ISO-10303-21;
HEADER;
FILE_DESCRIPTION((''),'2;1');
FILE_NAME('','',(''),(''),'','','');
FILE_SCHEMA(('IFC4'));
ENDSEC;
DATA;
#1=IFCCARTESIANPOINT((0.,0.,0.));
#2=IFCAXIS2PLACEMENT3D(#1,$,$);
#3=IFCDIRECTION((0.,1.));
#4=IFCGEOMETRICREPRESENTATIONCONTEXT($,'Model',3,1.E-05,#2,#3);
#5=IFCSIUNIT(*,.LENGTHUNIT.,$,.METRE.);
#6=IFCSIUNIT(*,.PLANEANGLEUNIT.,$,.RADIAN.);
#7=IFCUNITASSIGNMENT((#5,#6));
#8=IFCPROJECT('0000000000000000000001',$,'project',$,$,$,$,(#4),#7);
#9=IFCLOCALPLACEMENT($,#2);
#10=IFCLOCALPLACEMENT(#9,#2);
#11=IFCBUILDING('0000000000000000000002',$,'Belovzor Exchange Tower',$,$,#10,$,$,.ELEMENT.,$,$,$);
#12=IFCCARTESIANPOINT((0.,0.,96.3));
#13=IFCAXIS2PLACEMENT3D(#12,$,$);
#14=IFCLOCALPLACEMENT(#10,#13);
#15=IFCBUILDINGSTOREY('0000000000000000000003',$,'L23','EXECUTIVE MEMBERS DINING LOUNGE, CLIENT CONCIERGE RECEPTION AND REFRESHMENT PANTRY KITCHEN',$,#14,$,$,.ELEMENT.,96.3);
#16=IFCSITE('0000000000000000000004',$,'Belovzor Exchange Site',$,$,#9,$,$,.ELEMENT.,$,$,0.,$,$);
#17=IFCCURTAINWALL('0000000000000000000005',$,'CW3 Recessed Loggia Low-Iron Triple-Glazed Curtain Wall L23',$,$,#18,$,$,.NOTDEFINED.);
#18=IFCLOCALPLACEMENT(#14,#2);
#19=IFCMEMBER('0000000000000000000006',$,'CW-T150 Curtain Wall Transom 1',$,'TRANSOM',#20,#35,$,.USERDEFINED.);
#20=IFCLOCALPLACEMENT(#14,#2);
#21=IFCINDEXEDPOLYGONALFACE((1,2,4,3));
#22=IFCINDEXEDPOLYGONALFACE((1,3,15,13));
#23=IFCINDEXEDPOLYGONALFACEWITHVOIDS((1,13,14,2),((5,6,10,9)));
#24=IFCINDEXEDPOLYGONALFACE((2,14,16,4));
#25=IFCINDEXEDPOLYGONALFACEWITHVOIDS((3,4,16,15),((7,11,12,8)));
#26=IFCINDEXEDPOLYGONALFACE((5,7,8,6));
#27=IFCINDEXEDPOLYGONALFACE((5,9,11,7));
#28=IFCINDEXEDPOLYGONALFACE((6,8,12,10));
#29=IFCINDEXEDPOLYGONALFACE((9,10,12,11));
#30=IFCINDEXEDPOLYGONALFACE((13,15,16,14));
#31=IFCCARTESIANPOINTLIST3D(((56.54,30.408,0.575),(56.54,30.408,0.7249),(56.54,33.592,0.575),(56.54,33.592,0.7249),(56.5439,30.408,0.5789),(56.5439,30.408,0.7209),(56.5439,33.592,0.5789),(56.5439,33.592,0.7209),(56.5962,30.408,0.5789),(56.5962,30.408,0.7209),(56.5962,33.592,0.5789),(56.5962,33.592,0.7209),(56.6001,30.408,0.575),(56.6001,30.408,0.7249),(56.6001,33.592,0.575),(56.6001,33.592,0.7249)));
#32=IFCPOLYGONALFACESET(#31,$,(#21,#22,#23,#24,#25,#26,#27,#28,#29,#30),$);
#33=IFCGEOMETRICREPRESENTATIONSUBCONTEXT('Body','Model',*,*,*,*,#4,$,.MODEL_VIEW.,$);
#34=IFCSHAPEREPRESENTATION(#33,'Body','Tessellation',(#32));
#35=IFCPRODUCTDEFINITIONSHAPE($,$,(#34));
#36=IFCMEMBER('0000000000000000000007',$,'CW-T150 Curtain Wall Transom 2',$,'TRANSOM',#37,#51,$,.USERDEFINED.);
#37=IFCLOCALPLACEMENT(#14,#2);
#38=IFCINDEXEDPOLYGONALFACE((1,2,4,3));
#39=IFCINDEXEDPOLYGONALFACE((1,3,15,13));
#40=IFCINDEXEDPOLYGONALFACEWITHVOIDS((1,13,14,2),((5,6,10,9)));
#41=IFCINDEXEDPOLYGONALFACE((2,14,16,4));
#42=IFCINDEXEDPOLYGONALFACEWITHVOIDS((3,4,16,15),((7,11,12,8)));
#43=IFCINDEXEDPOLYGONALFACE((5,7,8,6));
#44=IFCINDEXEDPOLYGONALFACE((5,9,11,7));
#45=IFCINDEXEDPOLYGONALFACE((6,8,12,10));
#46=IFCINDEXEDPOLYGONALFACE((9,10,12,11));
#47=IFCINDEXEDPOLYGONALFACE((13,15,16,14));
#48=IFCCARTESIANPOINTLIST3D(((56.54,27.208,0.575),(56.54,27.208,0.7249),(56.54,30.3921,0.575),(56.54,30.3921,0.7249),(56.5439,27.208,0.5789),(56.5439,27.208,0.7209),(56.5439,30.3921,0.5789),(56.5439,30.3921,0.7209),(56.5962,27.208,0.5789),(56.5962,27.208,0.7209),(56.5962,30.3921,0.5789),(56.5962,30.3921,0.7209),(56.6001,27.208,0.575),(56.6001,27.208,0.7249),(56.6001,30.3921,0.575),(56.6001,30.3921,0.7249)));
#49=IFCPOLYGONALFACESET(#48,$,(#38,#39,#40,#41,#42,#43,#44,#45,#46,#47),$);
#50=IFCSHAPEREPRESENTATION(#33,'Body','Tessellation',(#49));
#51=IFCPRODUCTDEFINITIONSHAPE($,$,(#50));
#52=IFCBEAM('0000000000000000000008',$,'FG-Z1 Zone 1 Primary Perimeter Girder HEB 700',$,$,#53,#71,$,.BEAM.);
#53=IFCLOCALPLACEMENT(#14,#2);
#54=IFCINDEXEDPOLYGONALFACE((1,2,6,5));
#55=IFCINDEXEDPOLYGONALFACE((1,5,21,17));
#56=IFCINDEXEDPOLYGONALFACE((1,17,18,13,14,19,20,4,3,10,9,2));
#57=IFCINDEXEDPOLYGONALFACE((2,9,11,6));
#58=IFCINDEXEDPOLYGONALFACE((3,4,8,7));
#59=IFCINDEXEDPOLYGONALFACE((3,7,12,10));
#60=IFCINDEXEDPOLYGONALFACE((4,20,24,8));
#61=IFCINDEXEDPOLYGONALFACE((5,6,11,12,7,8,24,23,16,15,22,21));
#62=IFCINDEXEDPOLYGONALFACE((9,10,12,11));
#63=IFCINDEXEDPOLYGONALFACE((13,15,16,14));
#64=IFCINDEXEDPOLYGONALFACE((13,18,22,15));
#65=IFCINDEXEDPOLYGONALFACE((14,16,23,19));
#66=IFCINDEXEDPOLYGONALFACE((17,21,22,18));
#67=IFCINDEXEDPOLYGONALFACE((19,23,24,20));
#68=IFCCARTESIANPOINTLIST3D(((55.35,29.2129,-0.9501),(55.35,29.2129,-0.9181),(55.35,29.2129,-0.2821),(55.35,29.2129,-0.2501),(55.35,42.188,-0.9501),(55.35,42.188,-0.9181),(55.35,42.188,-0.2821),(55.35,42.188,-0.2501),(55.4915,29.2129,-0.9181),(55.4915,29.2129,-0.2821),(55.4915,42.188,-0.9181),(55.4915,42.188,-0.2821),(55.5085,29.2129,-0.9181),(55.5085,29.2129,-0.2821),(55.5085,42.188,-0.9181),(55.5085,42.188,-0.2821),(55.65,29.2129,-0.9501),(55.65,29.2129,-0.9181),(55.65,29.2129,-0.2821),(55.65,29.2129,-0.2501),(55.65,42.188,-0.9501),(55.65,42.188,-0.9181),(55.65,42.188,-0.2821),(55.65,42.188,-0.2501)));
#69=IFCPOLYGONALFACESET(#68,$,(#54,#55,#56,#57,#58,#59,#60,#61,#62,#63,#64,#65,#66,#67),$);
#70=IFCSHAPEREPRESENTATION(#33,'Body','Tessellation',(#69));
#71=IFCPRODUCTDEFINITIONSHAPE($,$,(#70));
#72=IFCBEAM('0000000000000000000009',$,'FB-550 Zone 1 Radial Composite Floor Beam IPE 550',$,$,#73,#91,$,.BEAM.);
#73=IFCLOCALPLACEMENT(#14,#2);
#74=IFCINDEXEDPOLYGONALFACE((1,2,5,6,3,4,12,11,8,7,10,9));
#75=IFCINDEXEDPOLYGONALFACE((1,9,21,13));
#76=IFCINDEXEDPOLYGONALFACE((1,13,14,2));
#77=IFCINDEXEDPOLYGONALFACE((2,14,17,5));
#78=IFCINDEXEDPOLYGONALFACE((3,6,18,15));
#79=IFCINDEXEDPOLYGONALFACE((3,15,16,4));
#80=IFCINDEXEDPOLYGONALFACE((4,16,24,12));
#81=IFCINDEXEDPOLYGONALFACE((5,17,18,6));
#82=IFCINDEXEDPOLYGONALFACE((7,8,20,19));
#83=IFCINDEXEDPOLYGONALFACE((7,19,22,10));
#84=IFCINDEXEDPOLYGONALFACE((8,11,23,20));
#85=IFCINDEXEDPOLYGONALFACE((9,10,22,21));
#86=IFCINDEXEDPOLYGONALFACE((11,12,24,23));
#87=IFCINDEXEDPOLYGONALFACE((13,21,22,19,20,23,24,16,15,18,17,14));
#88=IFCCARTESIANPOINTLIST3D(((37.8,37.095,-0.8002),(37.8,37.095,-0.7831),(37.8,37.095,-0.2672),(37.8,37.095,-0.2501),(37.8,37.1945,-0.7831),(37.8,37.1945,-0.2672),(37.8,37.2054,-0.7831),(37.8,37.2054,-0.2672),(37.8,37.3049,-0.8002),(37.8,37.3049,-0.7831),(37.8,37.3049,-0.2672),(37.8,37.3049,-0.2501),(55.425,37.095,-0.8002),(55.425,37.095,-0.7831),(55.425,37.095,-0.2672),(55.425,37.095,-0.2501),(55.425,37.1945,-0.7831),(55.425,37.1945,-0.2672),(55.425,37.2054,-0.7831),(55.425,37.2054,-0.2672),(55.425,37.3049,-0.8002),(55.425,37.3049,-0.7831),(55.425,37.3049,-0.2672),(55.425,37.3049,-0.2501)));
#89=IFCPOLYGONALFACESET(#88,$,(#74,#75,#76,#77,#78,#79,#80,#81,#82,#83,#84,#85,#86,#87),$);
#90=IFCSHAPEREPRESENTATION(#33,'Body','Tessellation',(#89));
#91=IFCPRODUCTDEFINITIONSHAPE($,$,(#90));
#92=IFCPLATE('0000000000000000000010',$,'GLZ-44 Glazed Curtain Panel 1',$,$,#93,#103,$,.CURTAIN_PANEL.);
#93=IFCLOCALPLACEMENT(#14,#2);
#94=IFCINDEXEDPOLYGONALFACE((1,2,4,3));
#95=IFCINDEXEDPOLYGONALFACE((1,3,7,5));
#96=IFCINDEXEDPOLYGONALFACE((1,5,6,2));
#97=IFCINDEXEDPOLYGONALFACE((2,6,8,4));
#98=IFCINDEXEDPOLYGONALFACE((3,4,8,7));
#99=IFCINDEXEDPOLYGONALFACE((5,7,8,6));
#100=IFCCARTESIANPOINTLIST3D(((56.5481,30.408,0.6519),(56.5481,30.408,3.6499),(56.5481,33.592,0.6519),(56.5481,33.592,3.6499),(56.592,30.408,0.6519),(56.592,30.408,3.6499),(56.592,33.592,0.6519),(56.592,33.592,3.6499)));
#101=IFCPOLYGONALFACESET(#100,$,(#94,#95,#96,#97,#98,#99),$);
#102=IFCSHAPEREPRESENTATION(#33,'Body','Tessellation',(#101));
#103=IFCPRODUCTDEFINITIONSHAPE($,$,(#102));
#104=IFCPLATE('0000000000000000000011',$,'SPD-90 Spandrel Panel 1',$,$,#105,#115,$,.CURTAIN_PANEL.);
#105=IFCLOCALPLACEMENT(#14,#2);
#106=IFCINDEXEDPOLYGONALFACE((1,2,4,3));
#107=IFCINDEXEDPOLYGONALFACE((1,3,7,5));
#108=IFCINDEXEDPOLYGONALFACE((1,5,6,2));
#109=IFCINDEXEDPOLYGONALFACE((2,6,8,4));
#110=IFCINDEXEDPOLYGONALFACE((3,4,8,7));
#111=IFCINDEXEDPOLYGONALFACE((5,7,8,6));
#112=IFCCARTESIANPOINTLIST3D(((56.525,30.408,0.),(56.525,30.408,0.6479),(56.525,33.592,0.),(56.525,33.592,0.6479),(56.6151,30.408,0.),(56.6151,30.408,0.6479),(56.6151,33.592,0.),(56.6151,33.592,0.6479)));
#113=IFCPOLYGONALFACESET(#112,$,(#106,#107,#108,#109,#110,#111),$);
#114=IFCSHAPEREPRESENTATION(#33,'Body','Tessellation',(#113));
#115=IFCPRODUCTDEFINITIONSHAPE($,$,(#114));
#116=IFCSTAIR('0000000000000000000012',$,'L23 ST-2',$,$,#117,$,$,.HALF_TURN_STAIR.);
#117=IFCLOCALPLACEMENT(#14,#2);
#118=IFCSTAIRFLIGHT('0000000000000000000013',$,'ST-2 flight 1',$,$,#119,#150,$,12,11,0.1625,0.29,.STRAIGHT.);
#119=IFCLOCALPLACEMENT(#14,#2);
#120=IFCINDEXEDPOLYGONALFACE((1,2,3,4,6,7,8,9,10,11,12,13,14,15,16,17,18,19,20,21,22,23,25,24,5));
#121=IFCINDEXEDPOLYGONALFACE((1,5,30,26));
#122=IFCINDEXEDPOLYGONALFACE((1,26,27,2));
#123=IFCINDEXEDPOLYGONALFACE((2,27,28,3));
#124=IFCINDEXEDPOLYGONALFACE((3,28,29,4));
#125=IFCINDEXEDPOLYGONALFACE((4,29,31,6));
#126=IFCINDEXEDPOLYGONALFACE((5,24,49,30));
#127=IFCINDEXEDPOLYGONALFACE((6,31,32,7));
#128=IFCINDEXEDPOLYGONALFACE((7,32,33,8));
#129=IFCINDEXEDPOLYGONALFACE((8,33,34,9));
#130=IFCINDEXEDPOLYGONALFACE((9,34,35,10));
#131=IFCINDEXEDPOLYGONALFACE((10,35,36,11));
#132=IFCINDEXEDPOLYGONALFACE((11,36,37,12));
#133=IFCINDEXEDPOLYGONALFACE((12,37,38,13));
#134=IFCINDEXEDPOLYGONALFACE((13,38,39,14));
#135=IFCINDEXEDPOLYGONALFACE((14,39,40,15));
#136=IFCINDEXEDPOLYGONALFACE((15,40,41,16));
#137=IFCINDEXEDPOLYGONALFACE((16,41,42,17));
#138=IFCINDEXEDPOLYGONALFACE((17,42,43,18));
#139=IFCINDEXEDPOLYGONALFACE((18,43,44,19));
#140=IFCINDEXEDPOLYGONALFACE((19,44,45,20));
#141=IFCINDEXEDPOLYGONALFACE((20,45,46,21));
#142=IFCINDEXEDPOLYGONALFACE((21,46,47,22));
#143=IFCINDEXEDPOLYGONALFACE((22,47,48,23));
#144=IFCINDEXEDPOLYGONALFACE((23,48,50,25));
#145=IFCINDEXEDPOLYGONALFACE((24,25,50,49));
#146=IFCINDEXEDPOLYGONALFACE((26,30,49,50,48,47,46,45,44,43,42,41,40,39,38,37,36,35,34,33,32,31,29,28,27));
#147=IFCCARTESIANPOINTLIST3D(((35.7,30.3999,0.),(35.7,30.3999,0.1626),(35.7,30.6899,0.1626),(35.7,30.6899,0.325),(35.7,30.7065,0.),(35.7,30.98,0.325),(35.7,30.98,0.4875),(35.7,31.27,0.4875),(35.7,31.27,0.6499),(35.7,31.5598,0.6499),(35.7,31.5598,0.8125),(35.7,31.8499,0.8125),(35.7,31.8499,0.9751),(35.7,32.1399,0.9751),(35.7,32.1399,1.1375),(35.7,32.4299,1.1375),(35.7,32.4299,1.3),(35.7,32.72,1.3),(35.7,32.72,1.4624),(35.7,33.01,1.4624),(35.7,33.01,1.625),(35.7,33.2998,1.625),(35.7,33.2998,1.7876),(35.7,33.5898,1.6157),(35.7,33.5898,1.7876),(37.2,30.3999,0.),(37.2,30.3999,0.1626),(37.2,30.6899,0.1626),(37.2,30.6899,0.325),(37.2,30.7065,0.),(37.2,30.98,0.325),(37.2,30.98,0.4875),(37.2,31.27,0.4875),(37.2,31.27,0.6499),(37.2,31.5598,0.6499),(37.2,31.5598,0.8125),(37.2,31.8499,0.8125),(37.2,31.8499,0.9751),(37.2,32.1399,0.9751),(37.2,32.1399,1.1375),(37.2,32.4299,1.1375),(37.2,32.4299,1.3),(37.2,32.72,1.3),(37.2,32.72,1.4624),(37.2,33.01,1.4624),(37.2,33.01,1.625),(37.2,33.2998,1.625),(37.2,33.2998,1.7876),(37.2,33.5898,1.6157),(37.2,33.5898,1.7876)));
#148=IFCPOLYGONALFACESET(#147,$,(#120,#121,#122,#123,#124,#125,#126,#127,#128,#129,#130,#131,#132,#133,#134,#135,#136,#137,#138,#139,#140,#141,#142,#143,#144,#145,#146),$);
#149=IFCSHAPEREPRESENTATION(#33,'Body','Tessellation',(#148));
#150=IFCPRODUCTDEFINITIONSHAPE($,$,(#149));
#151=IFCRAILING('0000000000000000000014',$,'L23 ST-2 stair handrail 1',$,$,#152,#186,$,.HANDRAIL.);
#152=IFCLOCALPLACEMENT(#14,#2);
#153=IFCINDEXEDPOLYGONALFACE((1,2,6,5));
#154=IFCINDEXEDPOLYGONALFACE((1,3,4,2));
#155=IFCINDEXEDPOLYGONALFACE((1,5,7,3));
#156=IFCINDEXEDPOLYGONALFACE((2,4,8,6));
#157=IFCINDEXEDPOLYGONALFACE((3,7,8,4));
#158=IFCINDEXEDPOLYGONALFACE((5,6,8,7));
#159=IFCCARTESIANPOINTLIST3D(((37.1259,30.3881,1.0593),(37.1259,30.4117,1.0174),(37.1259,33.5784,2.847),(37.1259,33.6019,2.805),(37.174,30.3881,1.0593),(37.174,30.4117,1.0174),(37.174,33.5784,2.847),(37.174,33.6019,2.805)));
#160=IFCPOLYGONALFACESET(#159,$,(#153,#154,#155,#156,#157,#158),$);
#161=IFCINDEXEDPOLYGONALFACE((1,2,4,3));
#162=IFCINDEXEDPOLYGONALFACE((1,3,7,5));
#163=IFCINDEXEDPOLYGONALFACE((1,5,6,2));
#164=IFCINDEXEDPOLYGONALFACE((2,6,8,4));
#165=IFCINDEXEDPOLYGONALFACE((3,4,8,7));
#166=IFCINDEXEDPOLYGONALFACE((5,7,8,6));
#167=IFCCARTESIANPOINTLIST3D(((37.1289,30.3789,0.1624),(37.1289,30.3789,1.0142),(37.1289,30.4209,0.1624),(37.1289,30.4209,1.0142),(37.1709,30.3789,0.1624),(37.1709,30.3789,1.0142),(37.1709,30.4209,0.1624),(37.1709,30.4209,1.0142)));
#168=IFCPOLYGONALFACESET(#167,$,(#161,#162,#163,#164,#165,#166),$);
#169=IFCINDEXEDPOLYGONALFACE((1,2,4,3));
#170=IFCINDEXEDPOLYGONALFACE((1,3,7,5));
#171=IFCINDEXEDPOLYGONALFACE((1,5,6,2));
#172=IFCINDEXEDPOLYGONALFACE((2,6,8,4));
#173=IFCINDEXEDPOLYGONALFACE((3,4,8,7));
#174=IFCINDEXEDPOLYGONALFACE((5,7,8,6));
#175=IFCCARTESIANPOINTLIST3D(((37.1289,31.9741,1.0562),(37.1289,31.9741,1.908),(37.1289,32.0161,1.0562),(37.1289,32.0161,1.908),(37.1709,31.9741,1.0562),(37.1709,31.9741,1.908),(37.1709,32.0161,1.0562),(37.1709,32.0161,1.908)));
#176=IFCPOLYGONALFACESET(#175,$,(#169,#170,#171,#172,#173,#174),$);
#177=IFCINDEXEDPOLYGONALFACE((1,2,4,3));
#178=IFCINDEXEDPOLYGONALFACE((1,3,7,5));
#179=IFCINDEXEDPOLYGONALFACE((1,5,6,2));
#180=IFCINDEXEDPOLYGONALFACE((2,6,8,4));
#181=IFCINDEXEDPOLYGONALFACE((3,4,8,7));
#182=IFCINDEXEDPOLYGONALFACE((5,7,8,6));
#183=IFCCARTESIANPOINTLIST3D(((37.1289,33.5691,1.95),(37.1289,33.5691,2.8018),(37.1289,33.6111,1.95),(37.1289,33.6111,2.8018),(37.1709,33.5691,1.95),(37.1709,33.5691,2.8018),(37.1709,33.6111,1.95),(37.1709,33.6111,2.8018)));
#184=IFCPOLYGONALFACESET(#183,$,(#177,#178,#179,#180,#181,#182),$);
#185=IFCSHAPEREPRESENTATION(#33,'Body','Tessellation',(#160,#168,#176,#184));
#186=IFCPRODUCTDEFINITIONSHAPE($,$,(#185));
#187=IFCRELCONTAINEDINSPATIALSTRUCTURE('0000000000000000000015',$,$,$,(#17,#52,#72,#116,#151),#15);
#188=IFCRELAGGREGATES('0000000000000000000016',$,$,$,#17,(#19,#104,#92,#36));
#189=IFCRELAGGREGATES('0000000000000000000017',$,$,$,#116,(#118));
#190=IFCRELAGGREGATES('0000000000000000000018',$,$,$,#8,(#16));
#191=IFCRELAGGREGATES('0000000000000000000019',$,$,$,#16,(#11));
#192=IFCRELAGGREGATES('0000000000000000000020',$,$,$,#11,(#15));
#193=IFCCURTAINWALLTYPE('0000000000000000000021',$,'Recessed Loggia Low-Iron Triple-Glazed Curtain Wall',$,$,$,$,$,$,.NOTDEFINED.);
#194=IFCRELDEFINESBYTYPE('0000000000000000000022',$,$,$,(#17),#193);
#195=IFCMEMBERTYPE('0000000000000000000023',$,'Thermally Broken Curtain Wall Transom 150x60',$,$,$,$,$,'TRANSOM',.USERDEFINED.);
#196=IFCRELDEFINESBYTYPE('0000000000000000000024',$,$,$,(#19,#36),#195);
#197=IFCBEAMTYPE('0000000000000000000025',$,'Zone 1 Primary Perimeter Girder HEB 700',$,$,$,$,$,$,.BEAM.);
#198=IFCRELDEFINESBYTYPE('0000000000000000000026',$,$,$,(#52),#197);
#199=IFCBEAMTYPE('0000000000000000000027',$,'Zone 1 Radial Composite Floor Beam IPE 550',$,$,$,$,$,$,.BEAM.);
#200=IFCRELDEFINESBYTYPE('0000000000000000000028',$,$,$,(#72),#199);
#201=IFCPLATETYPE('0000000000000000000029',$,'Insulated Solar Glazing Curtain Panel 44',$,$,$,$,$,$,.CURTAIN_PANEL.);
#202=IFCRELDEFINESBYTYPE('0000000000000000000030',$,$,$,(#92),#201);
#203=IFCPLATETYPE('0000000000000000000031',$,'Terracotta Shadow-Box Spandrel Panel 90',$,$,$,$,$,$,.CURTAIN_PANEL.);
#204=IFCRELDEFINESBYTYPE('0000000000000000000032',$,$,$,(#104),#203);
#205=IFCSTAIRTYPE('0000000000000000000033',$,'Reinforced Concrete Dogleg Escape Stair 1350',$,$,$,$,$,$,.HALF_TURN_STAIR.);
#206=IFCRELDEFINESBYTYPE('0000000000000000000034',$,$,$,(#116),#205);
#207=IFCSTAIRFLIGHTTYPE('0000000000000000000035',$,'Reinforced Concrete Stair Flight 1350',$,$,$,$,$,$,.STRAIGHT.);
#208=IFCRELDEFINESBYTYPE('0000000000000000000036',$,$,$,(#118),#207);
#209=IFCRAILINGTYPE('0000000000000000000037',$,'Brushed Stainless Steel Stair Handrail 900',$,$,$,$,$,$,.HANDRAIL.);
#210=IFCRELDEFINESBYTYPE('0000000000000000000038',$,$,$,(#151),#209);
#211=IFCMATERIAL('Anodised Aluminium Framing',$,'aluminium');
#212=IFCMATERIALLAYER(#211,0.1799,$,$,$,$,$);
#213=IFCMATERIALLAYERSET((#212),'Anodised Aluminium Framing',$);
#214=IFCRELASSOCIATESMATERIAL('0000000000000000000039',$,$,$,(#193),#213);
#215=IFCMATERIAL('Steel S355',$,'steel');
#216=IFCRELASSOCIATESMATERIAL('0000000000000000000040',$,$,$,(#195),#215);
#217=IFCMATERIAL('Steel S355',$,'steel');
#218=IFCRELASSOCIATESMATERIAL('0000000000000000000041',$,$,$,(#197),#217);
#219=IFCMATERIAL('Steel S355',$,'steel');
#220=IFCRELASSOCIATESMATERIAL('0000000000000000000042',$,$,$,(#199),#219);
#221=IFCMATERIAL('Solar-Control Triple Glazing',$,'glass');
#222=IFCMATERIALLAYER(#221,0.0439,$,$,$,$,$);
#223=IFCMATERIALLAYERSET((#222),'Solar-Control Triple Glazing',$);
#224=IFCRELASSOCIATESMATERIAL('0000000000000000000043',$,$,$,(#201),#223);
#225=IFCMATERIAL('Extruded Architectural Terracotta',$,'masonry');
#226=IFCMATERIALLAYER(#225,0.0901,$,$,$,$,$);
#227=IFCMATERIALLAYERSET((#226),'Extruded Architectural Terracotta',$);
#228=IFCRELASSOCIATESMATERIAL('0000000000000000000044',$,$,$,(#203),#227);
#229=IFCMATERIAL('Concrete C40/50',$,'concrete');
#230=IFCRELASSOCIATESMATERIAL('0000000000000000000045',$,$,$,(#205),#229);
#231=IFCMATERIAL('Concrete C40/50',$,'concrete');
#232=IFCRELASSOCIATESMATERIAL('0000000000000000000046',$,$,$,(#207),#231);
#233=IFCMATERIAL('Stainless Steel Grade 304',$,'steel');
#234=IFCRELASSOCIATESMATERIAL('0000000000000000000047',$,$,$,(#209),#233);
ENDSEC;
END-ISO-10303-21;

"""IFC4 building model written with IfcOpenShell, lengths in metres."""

from ifc_helpers import new_model, si_unit, direction, frame, origin, origin_2d, place, context, subcontext, project, spatial, polyline, rectangle, hollow_rectangle, i_section, outline, extrude, material, layer, layer_set, material_profile, profile_set, type_object, element, aggregate, save


model = new_model("IFC4")

# Units and contexts
model_context = context("Model", 3, precision=1e-05, world=origin(), true_north=direction((0.0, 1.0)))
body_context = subcontext(model_context, "Body", "Model", "MODEL_VIEW")
ifc_project = project(units=[si_unit("LENGTHUNIT", "METRE"), si_unit("PLANEANGLEUNIT", "RADIAN")], contexts=[model_context])

# Site, building, storey
site_placement = place(None, origin())
site = spatial("IfcSite", under=ifc_project, at=site_placement, Name="Belovzor Exchange Site", CompositionType="ELEMENT", RefElevation=0.0)
building_placement = place(site_placement, origin())
building = spatial("IfcBuilding", under=site, at=building_placement, Name="Belovzor Exchange Tower", CompositionType="ELEMENT")
storey_placement = place(building_placement, frame((0.0, 0.0, 96.3)))
storey = spatial("IfcBuildingStorey", under=building, at=storey_placement, Name="L23", Description="EXECUTIVE MEMBERS DINING LOUNGE, CLIENT CONCIERGE RECEPTION AND REFRESHMENT PANTRY KITCHEN", CompositionType="ELEMENT", Elevation=96.3)

# Curtain wall, members
ifc_material_1 = material(Name="Anodised Aluminium Framing", Category="aluminium")
ifc_layer_1 = layer(ifc_material_1, 0.1799)
ifc_layer_set_1 = layer_set([ifc_layer_1], Name="Anodised Aluminium Framing")
curtain_wall_type = type_object("IfcCurtainWallType", Name="Recessed Loggia Low-Iron Triple-Glazed Curtain Wall", PredefinedType="NOTDEFINED", material=ifc_layer_set_1)
curtain_wall_placement = place(storey_placement, origin())
curtain_wall = element("IfcCurtainWall", 1, at=curtain_wall_placement, inside=storey, type_object=curtain_wall_type, Name="CW3 Recessed Loggia Low-Iron Triple-Glazed Curtain Wall L23", PredefinedType="NOTDEFINED")
ifc_material_2 = material(Name="Steel S355", Category="steel")
ifc_material_profile_1 = material_profile(ifc_material_2, hollow_rectangle(XDim=0.0601, YDim=0.1499, WallThickness=0.0039, at=origin_2d()))
ifc_profile_set_1 = profile_set([ifc_material_profile_1], Name="Steel S355")
member_type_1 = type_object("IfcMemberType", Name="Thermally Broken Curtain Wall Transom 150x60", ElementType="TRANSOM", PredefinedType="USERDEFINED", material=ifc_profile_set_1)
member_1_placement = place(storey_placement, frame((56.5701, 33.592, 0.6499), z_axis=(0.0, -1.0, 0.0), x_axis=(1.0, 0.0, 0.0)))
member_1 = element("IfcMember", 2, at=member_1_placement, type_object=member_type_1, Name="CW-T150 Curtain Wall Transom 1", ObjectType="TRANSOM", PredefinedType="USERDEFINED", context=body_context, shape_type="SweptSolid", body=[
    extrude(hollow_rectangle(XDim=0.0601, YDim=0.1499, WallThickness=0.0039, at=origin_2d()), origin(), (0.0, 0.0, 1.0), 3.1841),
])
member_2_placement = place(storey_placement, frame((56.5701, 30.3921, 0.6499), z_axis=(0.0, -1.0, 0.0), x_axis=(1.0, 0.0, 0.0)))
member_2 = element("IfcMember", 3, at=member_2_placement, type_object=member_type_1, Name="CW-T150 Curtain Wall Transom 2", ObjectType="TRANSOM", PredefinedType="USERDEFINED", context=body_context, shape_type="SweptSolid", body=[
    extrude(hollow_rectangle(XDim=0.0601, YDim=0.1499, WallThickness=0.0039, at=origin_2d()), origin(), (0.0, 0.0, 1.0), 3.1841),
])

# Beams
ifc_material_3 = material(Name="Steel S355", Category="steel")
ifc_material_profile_2 = material_profile(ifc_material_3, i_section(OverallWidth=0.3, OverallDepth=0.7, WebThickness=0.0171, FlangeThickness=0.032, at=origin_2d()))
ifc_profile_set_2 = profile_set([ifc_material_profile_2], Name="Steel S355")
beam_type_1 = type_object("IfcBeamType", Name="Zone 1 Primary Perimeter Girder HEB 700", PredefinedType="BEAM", material=ifc_profile_set_2)
beam_1_placement = place(storey_placement, frame((55.5, 29.2129, -0.6001), z_axis=(0.0, 1.0, 0.0), x_axis=(-1.0, 0.0, 0.0)))
element("IfcBeam", 4, at=beam_1_placement, inside=storey, type_object=beam_type_1, Name="FG-Z1 Zone 1 Primary Perimeter Girder HEB 700", PredefinedType="BEAM", context=body_context, shape_type="SweptSolid", body=[
    extrude(i_section(OverallWidth=0.3, OverallDepth=0.7, WebThickness=0.0171, FlangeThickness=0.032, at=origin_2d()), origin(), (0.0, 0.0, 1.0), 12.9751),
])
ifc_material_4 = material(Name="Steel S355", Category="steel")
ifc_material_profile_3 = material_profile(ifc_material_4, i_section(OverallWidth=0.21, OverallDepth=0.55, WebThickness=0.011, FlangeThickness=0.0171, at=origin_2d()))
ifc_profile_set_3 = profile_set([ifc_material_profile_3], Name="Steel S355")
beam_type_2 = type_object("IfcBeamType", Name="Zone 1 Radial Composite Floor Beam IPE 550", PredefinedType="BEAM", material=ifc_profile_set_3)
beam_2_placement = place(storey_placement, frame((37.8, 37.2, -0.5251), z_axis=(1.0, 0.0, 0.0), x_axis=(0.0, 1.0, 0.0)))
element("IfcBeam", 5, at=beam_2_placement, inside=storey, type_object=beam_type_2, Name="FB-550 Zone 1 Radial Composite Floor Beam IPE 550", PredefinedType="BEAM", context=body_context, shape_type="SweptSolid", body=[
    extrude(i_section(OverallWidth=0.21, OverallDepth=0.55, WebThickness=0.011, FlangeThickness=0.0171, at=origin_2d()), origin(), (0.0, 0.0, 1.0), 17.625),
])

# Plates
ifc_material_5 = material(Name="Solar-Control Triple Glazing", Category="glass")
ifc_layer_2 = layer(ifc_material_5, 0.0439)
ifc_layer_set_2 = layer_set([ifc_layer_2], Name="Solar-Control Triple Glazing")
plate_type_1 = type_object("IfcPlateType", Name="Insulated Solar Glazing Curtain Panel 44", PredefinedType="CURTAIN_PANEL", material=ifc_layer_set_2)
plate_1_placement = place(storey_placement, frame((56.5701, 32.0, 0.6519), z_axis=(0.0, 0.0, 1.0), x_axis=(0.0, -1.0, 0.0)))
plate_1 = element("IfcPlate", 6, at=plate_1_placement, type_object=plate_type_1, Name="GLZ-44 Glazed Curtain Panel 1", PredefinedType="CURTAIN_PANEL", context=body_context, shape_type="SweptSolid", body=[
    extrude(rectangle(XDim=3.1841, YDim=0.0439, at=origin_2d()), origin(), (0.0, 0.0, 1.0), 2.998),
])
ifc_material_6 = material(Name="Extruded Architectural Terracotta", Category="masonry")
ifc_layer_3 = layer(ifc_material_6, 0.0901)
ifc_layer_set_3 = layer_set([ifc_layer_3], Name="Extruded Architectural Terracotta")
plate_type_2 = type_object("IfcPlateType", Name="Terracotta Shadow-Box Spandrel Panel 90", PredefinedType="CURTAIN_PANEL", material=ifc_layer_set_3)
plate_2_placement = place(storey_placement, frame((56.5701, 32.0, 0.0), z_axis=(0.0, 0.0, 1.0), x_axis=(0.0, -1.0, 0.0)))
plate_2 = element("IfcPlate", 7, at=plate_2_placement, type_object=plate_type_2, Name="SPD-90 Spandrel Panel 1", PredefinedType="CURTAIN_PANEL", context=body_context, shape_type="SweptSolid", body=[
    extrude(rectangle(XDim=3.1841, YDim=0.0901, at=origin_2d()), origin(), (0.0, 0.0, 1.0), 0.6479),
])
aggregate(curtain_wall, [member_1, plate_2, plate_1, member_2])

# Stair, stair flight
ifc_material_7 = material(Name="Concrete C40/50", Category="concrete")
stair_type = type_object("IfcStairType", Name="Reinforced Concrete Dogleg Escape Stair 1350", PredefinedType="HALF_TURN_STAIR", material=ifc_material_7)
stair_placement = place(storey_placement, origin())
stair = element("IfcStair", 8, at=stair_placement, inside=storey, type_object=stair_type, Name="L23 ST-2", PredefinedType="HALF_TURN_STAIR")
ifc_material_8 = material(Name="Concrete C40/50", Category="concrete")
stair_flight_type = type_object("IfcStairFlightType", Name="Reinforced Concrete Stair Flight 1350", PredefinedType="STRAIGHT", material=ifc_material_8)
stair_flight_placement = place(storey_placement, frame((36.45, 30.3999, 0.0), z_axis=(0.0, 0.0, 1.0), x_axis=(0.0, 1.0, 0.0)))
stair_flight = element("IfcStairFlight", 9, at=stair_flight_placement, type_object=stair_flight_type, Name="ST-2 flight 1", NumberOfRisers=12, NumberOfTreads=11, PredefinedType="STRAIGHT", RiserHeight=0.1625, TreadLength=0.29, context=body_context, shape_type="SweptSolid", body=[
    extrude(outline(polyline([(0.0, 0.0), (0.0, 0.1626), (0.29, 0.1626), (0.29, 0.325), (0.5801, 0.325), (0.5801, 0.4875), (0.8701, 0.4875), (0.8701, 0.6499), (1.1599, 0.6499), (1.1599, 0.8125), (1.45, 0.8125), (1.45, 0.9751), (1.74, 0.9751), (1.74, 1.1375), (2.03, 1.1375), (2.03, 1.3), (2.3201, 1.3), (2.3201, 1.4624), (2.6101, 1.4624), (2.6101, 1.625), (2.8999, 1.625), (2.8999, 1.7876), (3.1899, 1.7876), (3.1899, 1.95), (3.1899, 1.6157), (0.3066, 0.0), (0.0, 0.0)])), frame((0.0, 0.75, 0.0), z_axis=(0.0, -1.0, 0.0), x_axis=(1.0, 0.0, 0.0)), (0.0, 0.0, 1.0), 1.5),
])
aggregate(stair, [stair_flight])

# Railing
ifc_material_9 = material(Name="Stainless Steel Grade 304", Category="steel")
railing_type_1 = type_object("IfcRailingType", Name="Brushed Stainless Steel Stair Handrail 900", PredefinedType="HANDRAIL", material=ifc_material_9)
railing_1_placement = place(storey_placement, frame((37.1499, 30.3999, 0.1624)))
element("IfcRailing", 10, at=railing_1_placement, inside=storey, type_object=railing_type_1, Name="L23 ST-2 stair handrail 1", PredefinedType="HANDRAIL", context=body_context, shape_type="SweptSolid", body=[
    extrude(rectangle(XDim=0.0481, YDim=0.0481, at=origin_2d()), frame((0.0, 0.0, 0.876), z_axis=(0.0, 0.872378, 0.488831), x_axis=(-1.0, 0.0, 0.0)), (0.0, 0.0, 1.0), 3.657),
    extrude(rectangle(XDim=0.042, YDim=0.042, at=origin_2d()), origin(), (0.0, 0.0, 1.0), 0.8518),
    extrude(rectangle(XDim=0.042, YDim=0.042, at=origin_2d()), frame((0.0, 1.5952, 0.8938)), (0.0, 0.0, 1.0), 0.8518),
    extrude(rectangle(XDim=0.042, YDim=0.042, at=origin_2d()), frame((0.0, 3.1902, 1.7876)), (0.0, 0.0, 1.0), 0.8518),
])

save(model, "model.ifc")
